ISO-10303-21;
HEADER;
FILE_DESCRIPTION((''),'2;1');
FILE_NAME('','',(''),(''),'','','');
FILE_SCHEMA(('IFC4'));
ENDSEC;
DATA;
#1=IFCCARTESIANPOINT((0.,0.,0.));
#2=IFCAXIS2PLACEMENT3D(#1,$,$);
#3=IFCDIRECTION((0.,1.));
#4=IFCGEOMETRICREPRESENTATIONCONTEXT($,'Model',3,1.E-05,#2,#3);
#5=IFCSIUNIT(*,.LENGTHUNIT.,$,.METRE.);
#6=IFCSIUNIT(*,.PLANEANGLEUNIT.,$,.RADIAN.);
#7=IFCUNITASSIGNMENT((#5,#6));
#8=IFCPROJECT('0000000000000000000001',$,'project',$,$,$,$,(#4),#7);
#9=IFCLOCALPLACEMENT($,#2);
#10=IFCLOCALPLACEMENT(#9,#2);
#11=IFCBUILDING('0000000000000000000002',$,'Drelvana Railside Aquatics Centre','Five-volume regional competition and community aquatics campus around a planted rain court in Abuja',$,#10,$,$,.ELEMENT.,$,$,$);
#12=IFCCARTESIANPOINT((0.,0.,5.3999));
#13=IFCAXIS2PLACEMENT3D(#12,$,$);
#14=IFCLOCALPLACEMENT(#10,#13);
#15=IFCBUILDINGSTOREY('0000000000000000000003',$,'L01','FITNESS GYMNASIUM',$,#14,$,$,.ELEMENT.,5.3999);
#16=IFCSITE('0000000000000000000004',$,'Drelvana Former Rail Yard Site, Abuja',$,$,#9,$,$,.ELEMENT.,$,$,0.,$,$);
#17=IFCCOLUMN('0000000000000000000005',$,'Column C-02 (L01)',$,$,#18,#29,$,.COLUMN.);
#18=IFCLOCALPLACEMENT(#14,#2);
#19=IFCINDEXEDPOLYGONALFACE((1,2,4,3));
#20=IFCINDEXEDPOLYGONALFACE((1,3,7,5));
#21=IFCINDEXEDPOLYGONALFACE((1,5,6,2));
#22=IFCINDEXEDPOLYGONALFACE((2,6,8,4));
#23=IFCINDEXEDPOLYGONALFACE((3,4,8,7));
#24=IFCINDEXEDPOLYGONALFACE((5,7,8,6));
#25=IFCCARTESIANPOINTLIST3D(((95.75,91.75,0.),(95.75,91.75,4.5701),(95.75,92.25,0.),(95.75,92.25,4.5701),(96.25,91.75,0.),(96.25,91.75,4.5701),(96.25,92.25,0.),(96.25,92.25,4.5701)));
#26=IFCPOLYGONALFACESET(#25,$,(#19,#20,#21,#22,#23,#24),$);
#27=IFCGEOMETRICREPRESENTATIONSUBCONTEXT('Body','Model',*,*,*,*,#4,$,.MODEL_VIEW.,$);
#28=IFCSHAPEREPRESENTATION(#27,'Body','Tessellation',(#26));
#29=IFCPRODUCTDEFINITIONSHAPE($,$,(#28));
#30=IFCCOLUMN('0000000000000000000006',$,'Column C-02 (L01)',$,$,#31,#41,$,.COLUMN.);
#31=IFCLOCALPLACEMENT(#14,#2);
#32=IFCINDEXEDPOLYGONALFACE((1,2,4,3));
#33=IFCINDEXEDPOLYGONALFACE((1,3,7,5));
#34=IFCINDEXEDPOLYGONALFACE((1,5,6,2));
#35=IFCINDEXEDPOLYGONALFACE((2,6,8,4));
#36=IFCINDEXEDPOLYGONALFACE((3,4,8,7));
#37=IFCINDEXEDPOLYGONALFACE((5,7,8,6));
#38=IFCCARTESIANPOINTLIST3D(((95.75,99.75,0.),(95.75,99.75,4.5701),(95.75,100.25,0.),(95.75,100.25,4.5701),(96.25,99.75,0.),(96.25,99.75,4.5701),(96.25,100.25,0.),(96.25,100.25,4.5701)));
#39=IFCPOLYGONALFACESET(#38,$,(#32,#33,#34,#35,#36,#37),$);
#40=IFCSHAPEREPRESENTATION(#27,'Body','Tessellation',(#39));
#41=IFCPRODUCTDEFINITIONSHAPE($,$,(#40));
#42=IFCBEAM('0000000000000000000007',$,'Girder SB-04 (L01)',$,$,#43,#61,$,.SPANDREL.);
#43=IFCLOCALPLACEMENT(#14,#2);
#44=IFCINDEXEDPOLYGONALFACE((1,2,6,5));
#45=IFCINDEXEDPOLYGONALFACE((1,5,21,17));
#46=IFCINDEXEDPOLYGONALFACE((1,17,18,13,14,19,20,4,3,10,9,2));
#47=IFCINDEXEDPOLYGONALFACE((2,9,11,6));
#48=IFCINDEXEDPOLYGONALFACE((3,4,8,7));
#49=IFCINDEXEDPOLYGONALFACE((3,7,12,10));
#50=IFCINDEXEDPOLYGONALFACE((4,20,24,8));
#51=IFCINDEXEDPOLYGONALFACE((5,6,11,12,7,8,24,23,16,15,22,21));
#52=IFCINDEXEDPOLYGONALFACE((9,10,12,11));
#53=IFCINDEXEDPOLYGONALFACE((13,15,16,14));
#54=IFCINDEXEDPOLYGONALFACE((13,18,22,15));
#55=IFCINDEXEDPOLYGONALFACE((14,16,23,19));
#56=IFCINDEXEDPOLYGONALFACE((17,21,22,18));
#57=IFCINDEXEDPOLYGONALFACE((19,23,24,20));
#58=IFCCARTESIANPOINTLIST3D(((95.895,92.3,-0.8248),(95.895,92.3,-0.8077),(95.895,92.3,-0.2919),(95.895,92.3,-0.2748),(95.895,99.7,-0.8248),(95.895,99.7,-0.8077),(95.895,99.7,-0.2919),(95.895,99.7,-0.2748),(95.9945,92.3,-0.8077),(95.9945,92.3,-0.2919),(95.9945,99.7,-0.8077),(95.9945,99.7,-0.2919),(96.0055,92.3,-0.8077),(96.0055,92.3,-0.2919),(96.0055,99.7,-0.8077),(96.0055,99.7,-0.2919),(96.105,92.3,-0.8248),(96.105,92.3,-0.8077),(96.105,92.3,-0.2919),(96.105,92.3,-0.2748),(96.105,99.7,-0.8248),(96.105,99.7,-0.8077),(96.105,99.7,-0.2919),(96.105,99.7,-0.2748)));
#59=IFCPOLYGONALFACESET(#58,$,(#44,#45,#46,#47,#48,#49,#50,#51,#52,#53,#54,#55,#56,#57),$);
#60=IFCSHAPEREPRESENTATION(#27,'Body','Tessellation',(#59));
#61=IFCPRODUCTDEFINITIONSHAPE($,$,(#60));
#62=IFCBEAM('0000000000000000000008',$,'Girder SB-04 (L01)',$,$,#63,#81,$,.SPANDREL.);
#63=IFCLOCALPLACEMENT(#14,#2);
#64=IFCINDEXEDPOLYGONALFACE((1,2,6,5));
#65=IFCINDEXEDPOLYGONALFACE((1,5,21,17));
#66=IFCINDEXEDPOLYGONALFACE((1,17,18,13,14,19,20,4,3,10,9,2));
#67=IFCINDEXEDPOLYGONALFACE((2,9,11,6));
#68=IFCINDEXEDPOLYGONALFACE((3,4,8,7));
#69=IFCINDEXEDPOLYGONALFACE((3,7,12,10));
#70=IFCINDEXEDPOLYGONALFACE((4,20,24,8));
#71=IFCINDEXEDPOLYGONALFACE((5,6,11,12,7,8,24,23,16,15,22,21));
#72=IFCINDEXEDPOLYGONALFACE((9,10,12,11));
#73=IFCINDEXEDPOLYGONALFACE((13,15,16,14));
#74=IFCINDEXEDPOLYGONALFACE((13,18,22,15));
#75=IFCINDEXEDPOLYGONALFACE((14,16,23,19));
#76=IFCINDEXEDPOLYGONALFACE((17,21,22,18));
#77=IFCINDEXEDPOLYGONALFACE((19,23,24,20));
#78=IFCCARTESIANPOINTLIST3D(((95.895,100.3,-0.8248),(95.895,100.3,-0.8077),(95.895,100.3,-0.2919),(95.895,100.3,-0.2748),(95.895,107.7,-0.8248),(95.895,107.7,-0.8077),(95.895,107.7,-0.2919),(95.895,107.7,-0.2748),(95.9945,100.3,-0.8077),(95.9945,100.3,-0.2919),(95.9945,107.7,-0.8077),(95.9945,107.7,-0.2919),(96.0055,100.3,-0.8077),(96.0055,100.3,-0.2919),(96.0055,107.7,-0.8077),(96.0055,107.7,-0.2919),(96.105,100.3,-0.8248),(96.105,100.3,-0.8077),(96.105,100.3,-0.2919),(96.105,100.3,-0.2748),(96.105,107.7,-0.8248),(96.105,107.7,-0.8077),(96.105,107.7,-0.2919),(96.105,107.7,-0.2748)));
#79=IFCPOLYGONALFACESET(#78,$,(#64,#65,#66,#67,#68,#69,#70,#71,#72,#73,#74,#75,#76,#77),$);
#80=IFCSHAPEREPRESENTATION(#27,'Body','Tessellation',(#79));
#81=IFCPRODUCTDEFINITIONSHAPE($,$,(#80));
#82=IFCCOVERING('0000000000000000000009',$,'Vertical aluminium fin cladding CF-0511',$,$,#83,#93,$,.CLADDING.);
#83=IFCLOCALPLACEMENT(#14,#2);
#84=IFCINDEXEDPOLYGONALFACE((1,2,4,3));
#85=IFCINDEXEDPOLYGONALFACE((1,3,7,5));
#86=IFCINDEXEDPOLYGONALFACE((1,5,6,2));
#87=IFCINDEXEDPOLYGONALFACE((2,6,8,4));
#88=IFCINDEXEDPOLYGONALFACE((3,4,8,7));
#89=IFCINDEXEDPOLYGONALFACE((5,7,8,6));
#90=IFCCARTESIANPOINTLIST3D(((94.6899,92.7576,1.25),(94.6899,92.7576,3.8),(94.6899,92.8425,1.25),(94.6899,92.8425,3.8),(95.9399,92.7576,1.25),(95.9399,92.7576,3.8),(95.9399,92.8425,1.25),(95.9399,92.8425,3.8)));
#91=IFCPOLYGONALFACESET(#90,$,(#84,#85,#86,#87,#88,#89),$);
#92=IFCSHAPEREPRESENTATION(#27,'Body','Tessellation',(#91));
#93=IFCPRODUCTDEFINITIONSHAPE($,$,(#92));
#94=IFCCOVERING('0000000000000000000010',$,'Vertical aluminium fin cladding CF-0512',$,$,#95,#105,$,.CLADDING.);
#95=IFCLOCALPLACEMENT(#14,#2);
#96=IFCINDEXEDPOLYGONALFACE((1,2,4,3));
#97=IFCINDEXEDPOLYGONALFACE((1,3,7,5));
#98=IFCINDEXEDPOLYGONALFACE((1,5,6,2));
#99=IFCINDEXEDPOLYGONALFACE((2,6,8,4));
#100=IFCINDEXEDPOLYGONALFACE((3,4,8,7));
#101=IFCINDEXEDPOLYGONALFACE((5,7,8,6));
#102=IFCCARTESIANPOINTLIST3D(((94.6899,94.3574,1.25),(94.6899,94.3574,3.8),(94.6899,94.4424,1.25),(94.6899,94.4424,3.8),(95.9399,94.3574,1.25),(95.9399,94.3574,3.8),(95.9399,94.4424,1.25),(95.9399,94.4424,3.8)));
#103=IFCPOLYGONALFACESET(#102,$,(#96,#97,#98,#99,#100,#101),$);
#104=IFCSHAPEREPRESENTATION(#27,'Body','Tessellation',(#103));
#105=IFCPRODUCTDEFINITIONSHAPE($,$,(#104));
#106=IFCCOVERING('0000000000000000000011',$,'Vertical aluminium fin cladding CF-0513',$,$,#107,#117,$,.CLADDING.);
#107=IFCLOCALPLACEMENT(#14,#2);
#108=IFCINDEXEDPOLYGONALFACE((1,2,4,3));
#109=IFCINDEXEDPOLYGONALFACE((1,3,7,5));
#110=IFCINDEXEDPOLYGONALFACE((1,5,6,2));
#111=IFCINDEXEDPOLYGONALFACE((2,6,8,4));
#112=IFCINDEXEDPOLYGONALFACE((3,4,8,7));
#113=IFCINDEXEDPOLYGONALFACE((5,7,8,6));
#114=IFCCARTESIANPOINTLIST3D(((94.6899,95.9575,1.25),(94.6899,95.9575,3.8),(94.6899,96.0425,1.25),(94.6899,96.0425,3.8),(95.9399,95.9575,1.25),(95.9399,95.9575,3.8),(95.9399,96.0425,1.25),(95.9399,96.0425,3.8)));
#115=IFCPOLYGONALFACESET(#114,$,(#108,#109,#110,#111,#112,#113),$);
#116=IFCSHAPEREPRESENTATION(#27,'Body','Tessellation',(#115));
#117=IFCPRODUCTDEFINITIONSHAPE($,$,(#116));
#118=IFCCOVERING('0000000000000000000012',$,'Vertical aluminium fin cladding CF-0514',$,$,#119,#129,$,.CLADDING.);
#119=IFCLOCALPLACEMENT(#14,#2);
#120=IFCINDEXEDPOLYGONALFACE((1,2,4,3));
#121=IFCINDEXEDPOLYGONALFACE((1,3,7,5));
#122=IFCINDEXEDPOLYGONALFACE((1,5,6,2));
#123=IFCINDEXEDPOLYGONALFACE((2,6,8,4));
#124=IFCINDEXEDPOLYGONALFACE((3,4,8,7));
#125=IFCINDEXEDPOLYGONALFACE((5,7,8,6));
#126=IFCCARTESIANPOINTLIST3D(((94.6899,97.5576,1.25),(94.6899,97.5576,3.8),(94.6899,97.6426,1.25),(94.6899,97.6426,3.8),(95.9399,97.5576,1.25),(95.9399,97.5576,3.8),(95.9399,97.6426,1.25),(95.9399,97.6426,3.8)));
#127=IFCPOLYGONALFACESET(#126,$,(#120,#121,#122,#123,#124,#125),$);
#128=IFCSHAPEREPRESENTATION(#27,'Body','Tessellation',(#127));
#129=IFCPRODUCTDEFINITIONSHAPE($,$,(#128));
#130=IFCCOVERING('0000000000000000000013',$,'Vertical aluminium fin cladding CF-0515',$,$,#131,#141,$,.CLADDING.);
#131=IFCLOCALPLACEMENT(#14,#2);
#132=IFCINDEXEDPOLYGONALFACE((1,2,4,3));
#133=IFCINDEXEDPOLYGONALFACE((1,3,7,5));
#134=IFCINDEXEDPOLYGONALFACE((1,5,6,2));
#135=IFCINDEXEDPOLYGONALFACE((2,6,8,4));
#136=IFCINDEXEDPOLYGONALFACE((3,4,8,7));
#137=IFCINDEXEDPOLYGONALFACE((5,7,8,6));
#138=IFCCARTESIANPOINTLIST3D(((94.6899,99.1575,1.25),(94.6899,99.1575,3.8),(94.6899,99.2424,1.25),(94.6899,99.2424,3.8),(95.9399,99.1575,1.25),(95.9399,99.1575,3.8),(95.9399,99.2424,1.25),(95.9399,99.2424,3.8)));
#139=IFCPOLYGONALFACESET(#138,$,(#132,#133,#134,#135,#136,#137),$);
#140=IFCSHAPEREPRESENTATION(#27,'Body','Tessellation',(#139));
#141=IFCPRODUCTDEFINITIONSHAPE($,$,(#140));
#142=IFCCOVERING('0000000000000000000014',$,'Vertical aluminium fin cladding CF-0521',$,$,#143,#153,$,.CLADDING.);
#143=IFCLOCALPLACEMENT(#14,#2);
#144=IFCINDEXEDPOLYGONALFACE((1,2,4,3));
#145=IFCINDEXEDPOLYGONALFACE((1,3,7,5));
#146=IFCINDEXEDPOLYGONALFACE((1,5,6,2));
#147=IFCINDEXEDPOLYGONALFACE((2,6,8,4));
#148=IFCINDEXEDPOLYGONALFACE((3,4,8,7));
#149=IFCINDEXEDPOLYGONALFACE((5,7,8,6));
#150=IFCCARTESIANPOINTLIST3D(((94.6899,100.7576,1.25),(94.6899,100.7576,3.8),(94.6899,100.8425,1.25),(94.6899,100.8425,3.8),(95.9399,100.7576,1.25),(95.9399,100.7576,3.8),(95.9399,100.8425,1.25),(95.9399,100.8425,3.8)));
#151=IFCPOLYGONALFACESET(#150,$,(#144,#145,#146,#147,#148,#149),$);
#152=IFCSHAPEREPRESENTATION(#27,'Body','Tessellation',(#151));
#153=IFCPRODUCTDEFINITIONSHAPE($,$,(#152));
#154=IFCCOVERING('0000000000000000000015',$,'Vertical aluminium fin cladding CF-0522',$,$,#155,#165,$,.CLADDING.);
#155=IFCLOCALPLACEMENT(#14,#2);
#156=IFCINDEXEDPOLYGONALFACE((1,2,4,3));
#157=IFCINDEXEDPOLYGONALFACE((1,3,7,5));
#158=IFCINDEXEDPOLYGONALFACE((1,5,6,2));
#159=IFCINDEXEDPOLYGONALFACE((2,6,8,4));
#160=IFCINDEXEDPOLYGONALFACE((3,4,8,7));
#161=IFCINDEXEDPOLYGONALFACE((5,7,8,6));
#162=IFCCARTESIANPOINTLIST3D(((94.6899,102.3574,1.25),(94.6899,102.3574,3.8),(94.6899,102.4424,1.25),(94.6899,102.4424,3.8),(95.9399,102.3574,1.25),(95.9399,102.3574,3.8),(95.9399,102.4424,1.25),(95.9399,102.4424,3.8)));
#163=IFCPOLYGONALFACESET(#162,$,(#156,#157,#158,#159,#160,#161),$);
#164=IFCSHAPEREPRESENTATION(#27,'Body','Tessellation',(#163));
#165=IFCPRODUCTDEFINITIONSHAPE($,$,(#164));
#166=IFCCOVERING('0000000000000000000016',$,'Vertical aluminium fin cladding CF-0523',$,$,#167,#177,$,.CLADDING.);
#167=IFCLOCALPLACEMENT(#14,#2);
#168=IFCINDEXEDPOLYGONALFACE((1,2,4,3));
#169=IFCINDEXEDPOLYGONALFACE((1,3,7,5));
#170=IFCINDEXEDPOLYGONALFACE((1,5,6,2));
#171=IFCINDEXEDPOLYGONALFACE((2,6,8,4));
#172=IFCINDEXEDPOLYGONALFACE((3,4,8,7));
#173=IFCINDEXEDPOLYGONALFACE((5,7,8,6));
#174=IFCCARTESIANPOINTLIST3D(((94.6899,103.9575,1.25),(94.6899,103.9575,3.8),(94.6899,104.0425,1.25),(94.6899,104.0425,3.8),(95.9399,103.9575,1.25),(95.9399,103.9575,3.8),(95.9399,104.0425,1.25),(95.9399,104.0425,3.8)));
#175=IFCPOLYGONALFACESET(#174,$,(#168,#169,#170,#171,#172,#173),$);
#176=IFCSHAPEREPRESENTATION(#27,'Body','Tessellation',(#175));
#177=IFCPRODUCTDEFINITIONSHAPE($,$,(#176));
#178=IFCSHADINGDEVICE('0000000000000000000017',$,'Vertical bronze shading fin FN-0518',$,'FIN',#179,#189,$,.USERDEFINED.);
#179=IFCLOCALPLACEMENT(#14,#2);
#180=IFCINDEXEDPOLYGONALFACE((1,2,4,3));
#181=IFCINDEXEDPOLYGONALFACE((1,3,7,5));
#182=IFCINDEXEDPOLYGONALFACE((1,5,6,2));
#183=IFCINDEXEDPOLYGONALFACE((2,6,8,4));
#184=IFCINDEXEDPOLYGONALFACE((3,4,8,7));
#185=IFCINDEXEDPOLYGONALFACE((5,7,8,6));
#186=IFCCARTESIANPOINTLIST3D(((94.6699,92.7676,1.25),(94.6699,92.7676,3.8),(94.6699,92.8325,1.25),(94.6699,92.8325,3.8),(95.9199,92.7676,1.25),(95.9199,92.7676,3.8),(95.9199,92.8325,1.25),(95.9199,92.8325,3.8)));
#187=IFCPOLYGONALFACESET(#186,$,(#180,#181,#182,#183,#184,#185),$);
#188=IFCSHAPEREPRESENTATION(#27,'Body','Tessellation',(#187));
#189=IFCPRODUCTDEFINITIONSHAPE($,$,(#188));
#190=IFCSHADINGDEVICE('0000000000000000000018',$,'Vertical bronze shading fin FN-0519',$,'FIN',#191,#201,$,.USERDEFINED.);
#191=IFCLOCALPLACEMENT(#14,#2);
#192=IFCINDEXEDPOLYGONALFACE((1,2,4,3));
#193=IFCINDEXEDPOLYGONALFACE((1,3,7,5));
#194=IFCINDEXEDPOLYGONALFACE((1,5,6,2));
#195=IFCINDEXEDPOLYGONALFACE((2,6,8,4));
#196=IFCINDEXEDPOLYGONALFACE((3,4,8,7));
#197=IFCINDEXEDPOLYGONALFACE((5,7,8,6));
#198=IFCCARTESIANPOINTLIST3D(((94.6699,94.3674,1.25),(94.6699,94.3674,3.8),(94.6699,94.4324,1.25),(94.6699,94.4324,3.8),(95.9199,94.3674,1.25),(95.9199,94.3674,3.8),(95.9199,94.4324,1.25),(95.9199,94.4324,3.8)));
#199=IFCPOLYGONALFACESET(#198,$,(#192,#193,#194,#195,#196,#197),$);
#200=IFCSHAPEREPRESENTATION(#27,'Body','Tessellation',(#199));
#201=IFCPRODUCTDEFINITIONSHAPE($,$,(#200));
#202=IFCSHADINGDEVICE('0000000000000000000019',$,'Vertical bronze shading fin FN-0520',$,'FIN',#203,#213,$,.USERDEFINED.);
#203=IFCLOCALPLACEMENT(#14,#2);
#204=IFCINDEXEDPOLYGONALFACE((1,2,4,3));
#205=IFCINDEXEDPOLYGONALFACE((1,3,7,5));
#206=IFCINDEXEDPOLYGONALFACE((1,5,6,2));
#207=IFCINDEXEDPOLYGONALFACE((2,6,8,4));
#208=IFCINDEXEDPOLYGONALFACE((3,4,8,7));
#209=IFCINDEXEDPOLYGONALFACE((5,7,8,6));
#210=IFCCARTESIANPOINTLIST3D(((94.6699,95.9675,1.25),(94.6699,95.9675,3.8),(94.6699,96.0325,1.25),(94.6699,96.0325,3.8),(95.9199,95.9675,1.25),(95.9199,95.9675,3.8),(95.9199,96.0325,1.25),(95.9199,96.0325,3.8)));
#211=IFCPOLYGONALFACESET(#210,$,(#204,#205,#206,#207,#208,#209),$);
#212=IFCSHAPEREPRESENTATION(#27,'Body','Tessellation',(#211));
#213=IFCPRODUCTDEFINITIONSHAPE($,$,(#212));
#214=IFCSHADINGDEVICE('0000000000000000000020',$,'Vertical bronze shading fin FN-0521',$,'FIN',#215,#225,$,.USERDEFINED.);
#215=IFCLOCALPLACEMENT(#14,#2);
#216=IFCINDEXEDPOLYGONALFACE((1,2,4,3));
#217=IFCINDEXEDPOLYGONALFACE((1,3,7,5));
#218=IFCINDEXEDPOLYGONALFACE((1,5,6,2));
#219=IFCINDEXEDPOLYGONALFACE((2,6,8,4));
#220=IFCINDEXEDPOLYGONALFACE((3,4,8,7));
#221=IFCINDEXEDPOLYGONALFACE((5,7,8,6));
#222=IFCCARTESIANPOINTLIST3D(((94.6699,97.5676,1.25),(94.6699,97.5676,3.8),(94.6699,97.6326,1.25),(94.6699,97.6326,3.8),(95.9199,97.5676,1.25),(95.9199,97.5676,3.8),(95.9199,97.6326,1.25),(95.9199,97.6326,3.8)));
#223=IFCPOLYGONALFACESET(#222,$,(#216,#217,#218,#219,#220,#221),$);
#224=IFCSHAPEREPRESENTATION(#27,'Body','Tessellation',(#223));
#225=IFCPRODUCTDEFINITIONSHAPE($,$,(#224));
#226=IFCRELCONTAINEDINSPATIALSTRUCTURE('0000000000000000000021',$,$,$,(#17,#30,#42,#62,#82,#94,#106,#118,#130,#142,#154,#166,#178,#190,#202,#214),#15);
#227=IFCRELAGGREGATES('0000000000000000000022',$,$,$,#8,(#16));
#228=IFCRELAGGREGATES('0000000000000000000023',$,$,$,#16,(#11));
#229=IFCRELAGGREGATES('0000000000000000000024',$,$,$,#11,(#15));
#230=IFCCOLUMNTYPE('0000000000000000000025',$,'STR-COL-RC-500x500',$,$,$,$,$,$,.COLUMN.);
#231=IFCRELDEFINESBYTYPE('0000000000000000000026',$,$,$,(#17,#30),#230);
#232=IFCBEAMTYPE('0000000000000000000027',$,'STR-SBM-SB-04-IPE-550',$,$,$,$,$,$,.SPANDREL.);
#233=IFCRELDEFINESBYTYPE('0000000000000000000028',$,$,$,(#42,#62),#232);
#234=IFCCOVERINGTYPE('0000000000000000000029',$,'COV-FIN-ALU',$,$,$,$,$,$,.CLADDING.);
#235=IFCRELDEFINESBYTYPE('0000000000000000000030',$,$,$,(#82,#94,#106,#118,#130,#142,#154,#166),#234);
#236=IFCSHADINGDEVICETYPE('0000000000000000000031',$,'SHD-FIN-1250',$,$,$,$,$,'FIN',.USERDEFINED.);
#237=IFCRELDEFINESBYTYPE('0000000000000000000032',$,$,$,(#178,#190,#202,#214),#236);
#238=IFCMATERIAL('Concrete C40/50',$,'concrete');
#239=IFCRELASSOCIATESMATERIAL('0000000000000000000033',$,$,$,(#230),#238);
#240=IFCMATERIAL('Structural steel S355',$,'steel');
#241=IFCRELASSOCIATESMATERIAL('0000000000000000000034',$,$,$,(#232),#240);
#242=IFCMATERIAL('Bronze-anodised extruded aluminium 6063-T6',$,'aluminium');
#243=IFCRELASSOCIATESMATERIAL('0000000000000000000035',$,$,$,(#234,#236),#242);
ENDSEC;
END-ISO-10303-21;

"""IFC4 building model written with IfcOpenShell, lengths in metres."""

from ifc_helpers import new_model, si_unit, direction, frame, origin, origin_2d, place, context, subcontext, project, spatial, rectangle, i_section, extrude, material, material_profile, profile_set, type_object, element, save


model = new_model("IFC4")

# Units and contexts
model_context = context("Model", 3, precision=1e-05, world=origin(), true_north=direction((0.0, 1.0)))
body_context = subcontext(model_context, "Body", "Model", "MODEL_VIEW")
ifc_project = project(units=[si_unit("LENGTHUNIT", "METRE"), si_unit("PLANEANGLEUNIT", "RADIAN")], contexts=[model_context])

# Site, building, storey
site_placement = place(None, origin())
site = spatial("IfcSite", under=ifc_project, at=site_placement, Name="Drelvana Former Rail Yard Site, Abuja", CompositionType="ELEMENT", RefElevation=0.0)
building_placement = place(site_placement, origin())
building = spatial("IfcBuilding", under=site, at=building_placement, Name="Drelvana Railside Aquatics Centre", Description="Five-volume regional competition and community aquatics campus around a planted rain court in Abuja", CompositionType="ELEMENT")
storey_placement = place(building_placement, frame((0.0, 0.0, 5.3999)))
storey = spatial("IfcBuildingStorey", under=building, at=storey_placement, Name="L01", Description="FITNESS GYMNASIUM", CompositionType="ELEMENT", Elevation=5.3999)

# Columns
ifc_material_1 = material(Name="Concrete C40/50", Category="concrete")
ifc_material_profile_1 = material_profile(ifc_material_1, rectangle(XDim=0.5, YDim=0.5, at=origin_2d()), Name="RC 500x500")
ifc_profile_set_1 = profile_set([ifc_material_profile_1], Name="Concrete C40/50")
column_type = type_object("IfcColumnType", Name="STR-COL-RC-500x500", PredefinedType="COLUMN", material=ifc_profile_set_1)
for number, where, z_axis, x_axis, name in (
    (1, (96.0, 92.0, 0.0), (0.0, 0.0, 1.0), (1.0, 0.0, 0.0), "Column C-02 (L01)"),
    (2, (96.0, 100.0, 0.0), (0.0, 0.0, 1.0), (1.0, 0.0, 0.0), "Column C-02 (L01)"),
):
    element("IfcColumn", number, at=place(storey_placement, frame(where, z_axis=z_axis, x_axis=x_axis)), inside=storey, type_object=column_type, Name=name, PredefinedType="COLUMN", context=body_context, shape_type="SweptSolid", body=[
        extrude(rectangle(XDim=0.5, YDim=0.5, at=origin_2d()), origin(), (0.0, 0.0, 1.0), 4.5701),
    ])

# Beams
ifc_material_2 = material(Name="Structural steel S355", Category="steel")
ifc_material_profile_2 = material_profile(ifc_material_2, i_section(OverallWidth=0.21, OverallDepth=0.55, WebThickness=0.011, FlangeThickness=0.0171, at=origin_2d()), Name="IPE 550")
ifc_profile_set_2 = profile_set([ifc_material_profile_2], Name="Structural steel S355")
beam_type = type_object("IfcBeamType", Name="STR-SBM-SB-04-IPE-550", PredefinedType="SPANDREL", material=ifc_profile_set_2)
for number, where, z_axis, x_axis, name in (
    (3, (96.0, 92.3, -0.5498), (0.0, 1.0, 0.0), (-1.0, 0.0, 0.0), "Girder SB-04 (L01)"),
    (4, (96.0, 100.3, -0.5498), (0.0, 1.0, 0.0), (-1.0, 0.0, 0.0), "Girder SB-04 (L01)"),
):
    element("IfcBeam", number, at=place(storey_placement, frame(where, z_axis=z_axis, x_axis=x_axis)), inside=storey, type_object=beam_type, Name=name, PredefinedType="SPANDREL", context=body_context, shape_type="SweptSolid", body=[
        extrude(i_section(OverallWidth=0.21, OverallDepth=0.55, WebThickness=0.011, FlangeThickness=0.0171, at=origin_2d()), origin(), (0.0, 0.0, 1.0), 7.3999),
    ])

# Coverings
ifc_material_3 = material(Name="Bronze-anodised extruded aluminium 6063-T6", Category="aluminium")
covering_type = type_object("IfcCoveringType", Name="COV-FIN-ALU", PredefinedType="CLADDING", material=ifc_material_3)
for number, where, z_axis, x_axis, name in (
    (5, (95.3149, 92.8, 1.25), (0.0, 0.0, 1.0), (0.0, 1.0, 0.0), "Vertical aluminium fin cladding CF-0511"),
    (6, (95.3149, 94.3999, 1.25), (0.0, 0.0, 1.0), (0.0, 1.0, 0.0), "Vertical aluminium fin cladding CF-0512"),
    (7, (95.3149, 96.0, 1.25), (0.0, 0.0, 1.0), (0.0, 1.0, 0.0), "Vertical aluminium fin cladding CF-0513"),
    (8, (95.3149, 97.6001, 1.25), (0.0, 0.0, 1.0), (0.0, 1.0, 0.0), "Vertical aluminium fin cladding CF-0514"),
    (9, (95.3149, 99.2, 1.25), (0.0, 0.0, 1.0), (0.0, 1.0, 0.0), "Vertical aluminium fin cladding CF-0515"),
    (10, (95.3149, 100.8, 1.25), (0.0, 0.0, 1.0), (0.0, 1.0, 0.0), "Vertical aluminium fin cladding CF-0521"),
    (11, (95.3149, 102.3999, 1.25), (0.0, 0.0, 1.0), (0.0, 1.0, 0.0), "Vertical aluminium fin cladding CF-0522"),
    (12, (95.3149, 104.0, 1.25), (0.0, 0.0, 1.0), (0.0, 1.0, 0.0), "Vertical aluminium fin cladding CF-0523"),
):
    element("IfcCovering", number, at=place(storey_placement, frame(where, z_axis=z_axis, x_axis=x_axis)), inside=storey, type_object=covering_type, Name=name, PredefinedType="CLADDING", context=body_context, shape_type="SweptSolid", body=[
        extrude(rectangle(XDim=0.085, YDim=1.25, at=origin_2d()), origin(), (0.0, 0.0, 1.0), 2.55),
    ])

# Shading devices
shading_device_type = type_object("IfcShadingDeviceType", Name="SHD-FIN-1250", ElementType="FIN", PredefinedType="USERDEFINED", material=ifc_material_3)
for number, where, z_axis, x_axis, name in (
    (13, (95.2949, 92.8, 1.25), (0.0, 0.0, 1.0), (-1.0, 0.0, 0.0), "Vertical bronze shading fin FN-0518"),
    (14, (95.2949, 94.3999, 1.25), (0.0, 0.0, 1.0), (-1.0, 0.0, 0.0), "Vertical bronze shading fin FN-0519"),
    (15, (95.2949, 96.0, 1.25), (0.0, 0.0, 1.0), (-1.0, 0.0, 0.0), "Vertical bronze shading fin FN-0520"),
    (16, (95.2949, 97.6001, 1.25), (0.0, 0.0, 1.0), (-1.0, 0.0, 0.0), "Vertical bronze shading fin FN-0521"),
):
    element("IfcShadingDevice", number, at=place(storey_placement, frame(where, z_axis=z_axis, x_axis=x_axis)), inside=storey, type_object=shading_device_type, Name=name, ObjectType="FIN", PredefinedType="USERDEFINED", context=body_context, shape_type="SweptSolid", body=[
        extrude(rectangle(XDim=1.25, YDim=0.0649, at=origin_2d()), origin(), (0.0, 0.0, 1.0), 2.55),
    ])

save(model, "model.ifc")
